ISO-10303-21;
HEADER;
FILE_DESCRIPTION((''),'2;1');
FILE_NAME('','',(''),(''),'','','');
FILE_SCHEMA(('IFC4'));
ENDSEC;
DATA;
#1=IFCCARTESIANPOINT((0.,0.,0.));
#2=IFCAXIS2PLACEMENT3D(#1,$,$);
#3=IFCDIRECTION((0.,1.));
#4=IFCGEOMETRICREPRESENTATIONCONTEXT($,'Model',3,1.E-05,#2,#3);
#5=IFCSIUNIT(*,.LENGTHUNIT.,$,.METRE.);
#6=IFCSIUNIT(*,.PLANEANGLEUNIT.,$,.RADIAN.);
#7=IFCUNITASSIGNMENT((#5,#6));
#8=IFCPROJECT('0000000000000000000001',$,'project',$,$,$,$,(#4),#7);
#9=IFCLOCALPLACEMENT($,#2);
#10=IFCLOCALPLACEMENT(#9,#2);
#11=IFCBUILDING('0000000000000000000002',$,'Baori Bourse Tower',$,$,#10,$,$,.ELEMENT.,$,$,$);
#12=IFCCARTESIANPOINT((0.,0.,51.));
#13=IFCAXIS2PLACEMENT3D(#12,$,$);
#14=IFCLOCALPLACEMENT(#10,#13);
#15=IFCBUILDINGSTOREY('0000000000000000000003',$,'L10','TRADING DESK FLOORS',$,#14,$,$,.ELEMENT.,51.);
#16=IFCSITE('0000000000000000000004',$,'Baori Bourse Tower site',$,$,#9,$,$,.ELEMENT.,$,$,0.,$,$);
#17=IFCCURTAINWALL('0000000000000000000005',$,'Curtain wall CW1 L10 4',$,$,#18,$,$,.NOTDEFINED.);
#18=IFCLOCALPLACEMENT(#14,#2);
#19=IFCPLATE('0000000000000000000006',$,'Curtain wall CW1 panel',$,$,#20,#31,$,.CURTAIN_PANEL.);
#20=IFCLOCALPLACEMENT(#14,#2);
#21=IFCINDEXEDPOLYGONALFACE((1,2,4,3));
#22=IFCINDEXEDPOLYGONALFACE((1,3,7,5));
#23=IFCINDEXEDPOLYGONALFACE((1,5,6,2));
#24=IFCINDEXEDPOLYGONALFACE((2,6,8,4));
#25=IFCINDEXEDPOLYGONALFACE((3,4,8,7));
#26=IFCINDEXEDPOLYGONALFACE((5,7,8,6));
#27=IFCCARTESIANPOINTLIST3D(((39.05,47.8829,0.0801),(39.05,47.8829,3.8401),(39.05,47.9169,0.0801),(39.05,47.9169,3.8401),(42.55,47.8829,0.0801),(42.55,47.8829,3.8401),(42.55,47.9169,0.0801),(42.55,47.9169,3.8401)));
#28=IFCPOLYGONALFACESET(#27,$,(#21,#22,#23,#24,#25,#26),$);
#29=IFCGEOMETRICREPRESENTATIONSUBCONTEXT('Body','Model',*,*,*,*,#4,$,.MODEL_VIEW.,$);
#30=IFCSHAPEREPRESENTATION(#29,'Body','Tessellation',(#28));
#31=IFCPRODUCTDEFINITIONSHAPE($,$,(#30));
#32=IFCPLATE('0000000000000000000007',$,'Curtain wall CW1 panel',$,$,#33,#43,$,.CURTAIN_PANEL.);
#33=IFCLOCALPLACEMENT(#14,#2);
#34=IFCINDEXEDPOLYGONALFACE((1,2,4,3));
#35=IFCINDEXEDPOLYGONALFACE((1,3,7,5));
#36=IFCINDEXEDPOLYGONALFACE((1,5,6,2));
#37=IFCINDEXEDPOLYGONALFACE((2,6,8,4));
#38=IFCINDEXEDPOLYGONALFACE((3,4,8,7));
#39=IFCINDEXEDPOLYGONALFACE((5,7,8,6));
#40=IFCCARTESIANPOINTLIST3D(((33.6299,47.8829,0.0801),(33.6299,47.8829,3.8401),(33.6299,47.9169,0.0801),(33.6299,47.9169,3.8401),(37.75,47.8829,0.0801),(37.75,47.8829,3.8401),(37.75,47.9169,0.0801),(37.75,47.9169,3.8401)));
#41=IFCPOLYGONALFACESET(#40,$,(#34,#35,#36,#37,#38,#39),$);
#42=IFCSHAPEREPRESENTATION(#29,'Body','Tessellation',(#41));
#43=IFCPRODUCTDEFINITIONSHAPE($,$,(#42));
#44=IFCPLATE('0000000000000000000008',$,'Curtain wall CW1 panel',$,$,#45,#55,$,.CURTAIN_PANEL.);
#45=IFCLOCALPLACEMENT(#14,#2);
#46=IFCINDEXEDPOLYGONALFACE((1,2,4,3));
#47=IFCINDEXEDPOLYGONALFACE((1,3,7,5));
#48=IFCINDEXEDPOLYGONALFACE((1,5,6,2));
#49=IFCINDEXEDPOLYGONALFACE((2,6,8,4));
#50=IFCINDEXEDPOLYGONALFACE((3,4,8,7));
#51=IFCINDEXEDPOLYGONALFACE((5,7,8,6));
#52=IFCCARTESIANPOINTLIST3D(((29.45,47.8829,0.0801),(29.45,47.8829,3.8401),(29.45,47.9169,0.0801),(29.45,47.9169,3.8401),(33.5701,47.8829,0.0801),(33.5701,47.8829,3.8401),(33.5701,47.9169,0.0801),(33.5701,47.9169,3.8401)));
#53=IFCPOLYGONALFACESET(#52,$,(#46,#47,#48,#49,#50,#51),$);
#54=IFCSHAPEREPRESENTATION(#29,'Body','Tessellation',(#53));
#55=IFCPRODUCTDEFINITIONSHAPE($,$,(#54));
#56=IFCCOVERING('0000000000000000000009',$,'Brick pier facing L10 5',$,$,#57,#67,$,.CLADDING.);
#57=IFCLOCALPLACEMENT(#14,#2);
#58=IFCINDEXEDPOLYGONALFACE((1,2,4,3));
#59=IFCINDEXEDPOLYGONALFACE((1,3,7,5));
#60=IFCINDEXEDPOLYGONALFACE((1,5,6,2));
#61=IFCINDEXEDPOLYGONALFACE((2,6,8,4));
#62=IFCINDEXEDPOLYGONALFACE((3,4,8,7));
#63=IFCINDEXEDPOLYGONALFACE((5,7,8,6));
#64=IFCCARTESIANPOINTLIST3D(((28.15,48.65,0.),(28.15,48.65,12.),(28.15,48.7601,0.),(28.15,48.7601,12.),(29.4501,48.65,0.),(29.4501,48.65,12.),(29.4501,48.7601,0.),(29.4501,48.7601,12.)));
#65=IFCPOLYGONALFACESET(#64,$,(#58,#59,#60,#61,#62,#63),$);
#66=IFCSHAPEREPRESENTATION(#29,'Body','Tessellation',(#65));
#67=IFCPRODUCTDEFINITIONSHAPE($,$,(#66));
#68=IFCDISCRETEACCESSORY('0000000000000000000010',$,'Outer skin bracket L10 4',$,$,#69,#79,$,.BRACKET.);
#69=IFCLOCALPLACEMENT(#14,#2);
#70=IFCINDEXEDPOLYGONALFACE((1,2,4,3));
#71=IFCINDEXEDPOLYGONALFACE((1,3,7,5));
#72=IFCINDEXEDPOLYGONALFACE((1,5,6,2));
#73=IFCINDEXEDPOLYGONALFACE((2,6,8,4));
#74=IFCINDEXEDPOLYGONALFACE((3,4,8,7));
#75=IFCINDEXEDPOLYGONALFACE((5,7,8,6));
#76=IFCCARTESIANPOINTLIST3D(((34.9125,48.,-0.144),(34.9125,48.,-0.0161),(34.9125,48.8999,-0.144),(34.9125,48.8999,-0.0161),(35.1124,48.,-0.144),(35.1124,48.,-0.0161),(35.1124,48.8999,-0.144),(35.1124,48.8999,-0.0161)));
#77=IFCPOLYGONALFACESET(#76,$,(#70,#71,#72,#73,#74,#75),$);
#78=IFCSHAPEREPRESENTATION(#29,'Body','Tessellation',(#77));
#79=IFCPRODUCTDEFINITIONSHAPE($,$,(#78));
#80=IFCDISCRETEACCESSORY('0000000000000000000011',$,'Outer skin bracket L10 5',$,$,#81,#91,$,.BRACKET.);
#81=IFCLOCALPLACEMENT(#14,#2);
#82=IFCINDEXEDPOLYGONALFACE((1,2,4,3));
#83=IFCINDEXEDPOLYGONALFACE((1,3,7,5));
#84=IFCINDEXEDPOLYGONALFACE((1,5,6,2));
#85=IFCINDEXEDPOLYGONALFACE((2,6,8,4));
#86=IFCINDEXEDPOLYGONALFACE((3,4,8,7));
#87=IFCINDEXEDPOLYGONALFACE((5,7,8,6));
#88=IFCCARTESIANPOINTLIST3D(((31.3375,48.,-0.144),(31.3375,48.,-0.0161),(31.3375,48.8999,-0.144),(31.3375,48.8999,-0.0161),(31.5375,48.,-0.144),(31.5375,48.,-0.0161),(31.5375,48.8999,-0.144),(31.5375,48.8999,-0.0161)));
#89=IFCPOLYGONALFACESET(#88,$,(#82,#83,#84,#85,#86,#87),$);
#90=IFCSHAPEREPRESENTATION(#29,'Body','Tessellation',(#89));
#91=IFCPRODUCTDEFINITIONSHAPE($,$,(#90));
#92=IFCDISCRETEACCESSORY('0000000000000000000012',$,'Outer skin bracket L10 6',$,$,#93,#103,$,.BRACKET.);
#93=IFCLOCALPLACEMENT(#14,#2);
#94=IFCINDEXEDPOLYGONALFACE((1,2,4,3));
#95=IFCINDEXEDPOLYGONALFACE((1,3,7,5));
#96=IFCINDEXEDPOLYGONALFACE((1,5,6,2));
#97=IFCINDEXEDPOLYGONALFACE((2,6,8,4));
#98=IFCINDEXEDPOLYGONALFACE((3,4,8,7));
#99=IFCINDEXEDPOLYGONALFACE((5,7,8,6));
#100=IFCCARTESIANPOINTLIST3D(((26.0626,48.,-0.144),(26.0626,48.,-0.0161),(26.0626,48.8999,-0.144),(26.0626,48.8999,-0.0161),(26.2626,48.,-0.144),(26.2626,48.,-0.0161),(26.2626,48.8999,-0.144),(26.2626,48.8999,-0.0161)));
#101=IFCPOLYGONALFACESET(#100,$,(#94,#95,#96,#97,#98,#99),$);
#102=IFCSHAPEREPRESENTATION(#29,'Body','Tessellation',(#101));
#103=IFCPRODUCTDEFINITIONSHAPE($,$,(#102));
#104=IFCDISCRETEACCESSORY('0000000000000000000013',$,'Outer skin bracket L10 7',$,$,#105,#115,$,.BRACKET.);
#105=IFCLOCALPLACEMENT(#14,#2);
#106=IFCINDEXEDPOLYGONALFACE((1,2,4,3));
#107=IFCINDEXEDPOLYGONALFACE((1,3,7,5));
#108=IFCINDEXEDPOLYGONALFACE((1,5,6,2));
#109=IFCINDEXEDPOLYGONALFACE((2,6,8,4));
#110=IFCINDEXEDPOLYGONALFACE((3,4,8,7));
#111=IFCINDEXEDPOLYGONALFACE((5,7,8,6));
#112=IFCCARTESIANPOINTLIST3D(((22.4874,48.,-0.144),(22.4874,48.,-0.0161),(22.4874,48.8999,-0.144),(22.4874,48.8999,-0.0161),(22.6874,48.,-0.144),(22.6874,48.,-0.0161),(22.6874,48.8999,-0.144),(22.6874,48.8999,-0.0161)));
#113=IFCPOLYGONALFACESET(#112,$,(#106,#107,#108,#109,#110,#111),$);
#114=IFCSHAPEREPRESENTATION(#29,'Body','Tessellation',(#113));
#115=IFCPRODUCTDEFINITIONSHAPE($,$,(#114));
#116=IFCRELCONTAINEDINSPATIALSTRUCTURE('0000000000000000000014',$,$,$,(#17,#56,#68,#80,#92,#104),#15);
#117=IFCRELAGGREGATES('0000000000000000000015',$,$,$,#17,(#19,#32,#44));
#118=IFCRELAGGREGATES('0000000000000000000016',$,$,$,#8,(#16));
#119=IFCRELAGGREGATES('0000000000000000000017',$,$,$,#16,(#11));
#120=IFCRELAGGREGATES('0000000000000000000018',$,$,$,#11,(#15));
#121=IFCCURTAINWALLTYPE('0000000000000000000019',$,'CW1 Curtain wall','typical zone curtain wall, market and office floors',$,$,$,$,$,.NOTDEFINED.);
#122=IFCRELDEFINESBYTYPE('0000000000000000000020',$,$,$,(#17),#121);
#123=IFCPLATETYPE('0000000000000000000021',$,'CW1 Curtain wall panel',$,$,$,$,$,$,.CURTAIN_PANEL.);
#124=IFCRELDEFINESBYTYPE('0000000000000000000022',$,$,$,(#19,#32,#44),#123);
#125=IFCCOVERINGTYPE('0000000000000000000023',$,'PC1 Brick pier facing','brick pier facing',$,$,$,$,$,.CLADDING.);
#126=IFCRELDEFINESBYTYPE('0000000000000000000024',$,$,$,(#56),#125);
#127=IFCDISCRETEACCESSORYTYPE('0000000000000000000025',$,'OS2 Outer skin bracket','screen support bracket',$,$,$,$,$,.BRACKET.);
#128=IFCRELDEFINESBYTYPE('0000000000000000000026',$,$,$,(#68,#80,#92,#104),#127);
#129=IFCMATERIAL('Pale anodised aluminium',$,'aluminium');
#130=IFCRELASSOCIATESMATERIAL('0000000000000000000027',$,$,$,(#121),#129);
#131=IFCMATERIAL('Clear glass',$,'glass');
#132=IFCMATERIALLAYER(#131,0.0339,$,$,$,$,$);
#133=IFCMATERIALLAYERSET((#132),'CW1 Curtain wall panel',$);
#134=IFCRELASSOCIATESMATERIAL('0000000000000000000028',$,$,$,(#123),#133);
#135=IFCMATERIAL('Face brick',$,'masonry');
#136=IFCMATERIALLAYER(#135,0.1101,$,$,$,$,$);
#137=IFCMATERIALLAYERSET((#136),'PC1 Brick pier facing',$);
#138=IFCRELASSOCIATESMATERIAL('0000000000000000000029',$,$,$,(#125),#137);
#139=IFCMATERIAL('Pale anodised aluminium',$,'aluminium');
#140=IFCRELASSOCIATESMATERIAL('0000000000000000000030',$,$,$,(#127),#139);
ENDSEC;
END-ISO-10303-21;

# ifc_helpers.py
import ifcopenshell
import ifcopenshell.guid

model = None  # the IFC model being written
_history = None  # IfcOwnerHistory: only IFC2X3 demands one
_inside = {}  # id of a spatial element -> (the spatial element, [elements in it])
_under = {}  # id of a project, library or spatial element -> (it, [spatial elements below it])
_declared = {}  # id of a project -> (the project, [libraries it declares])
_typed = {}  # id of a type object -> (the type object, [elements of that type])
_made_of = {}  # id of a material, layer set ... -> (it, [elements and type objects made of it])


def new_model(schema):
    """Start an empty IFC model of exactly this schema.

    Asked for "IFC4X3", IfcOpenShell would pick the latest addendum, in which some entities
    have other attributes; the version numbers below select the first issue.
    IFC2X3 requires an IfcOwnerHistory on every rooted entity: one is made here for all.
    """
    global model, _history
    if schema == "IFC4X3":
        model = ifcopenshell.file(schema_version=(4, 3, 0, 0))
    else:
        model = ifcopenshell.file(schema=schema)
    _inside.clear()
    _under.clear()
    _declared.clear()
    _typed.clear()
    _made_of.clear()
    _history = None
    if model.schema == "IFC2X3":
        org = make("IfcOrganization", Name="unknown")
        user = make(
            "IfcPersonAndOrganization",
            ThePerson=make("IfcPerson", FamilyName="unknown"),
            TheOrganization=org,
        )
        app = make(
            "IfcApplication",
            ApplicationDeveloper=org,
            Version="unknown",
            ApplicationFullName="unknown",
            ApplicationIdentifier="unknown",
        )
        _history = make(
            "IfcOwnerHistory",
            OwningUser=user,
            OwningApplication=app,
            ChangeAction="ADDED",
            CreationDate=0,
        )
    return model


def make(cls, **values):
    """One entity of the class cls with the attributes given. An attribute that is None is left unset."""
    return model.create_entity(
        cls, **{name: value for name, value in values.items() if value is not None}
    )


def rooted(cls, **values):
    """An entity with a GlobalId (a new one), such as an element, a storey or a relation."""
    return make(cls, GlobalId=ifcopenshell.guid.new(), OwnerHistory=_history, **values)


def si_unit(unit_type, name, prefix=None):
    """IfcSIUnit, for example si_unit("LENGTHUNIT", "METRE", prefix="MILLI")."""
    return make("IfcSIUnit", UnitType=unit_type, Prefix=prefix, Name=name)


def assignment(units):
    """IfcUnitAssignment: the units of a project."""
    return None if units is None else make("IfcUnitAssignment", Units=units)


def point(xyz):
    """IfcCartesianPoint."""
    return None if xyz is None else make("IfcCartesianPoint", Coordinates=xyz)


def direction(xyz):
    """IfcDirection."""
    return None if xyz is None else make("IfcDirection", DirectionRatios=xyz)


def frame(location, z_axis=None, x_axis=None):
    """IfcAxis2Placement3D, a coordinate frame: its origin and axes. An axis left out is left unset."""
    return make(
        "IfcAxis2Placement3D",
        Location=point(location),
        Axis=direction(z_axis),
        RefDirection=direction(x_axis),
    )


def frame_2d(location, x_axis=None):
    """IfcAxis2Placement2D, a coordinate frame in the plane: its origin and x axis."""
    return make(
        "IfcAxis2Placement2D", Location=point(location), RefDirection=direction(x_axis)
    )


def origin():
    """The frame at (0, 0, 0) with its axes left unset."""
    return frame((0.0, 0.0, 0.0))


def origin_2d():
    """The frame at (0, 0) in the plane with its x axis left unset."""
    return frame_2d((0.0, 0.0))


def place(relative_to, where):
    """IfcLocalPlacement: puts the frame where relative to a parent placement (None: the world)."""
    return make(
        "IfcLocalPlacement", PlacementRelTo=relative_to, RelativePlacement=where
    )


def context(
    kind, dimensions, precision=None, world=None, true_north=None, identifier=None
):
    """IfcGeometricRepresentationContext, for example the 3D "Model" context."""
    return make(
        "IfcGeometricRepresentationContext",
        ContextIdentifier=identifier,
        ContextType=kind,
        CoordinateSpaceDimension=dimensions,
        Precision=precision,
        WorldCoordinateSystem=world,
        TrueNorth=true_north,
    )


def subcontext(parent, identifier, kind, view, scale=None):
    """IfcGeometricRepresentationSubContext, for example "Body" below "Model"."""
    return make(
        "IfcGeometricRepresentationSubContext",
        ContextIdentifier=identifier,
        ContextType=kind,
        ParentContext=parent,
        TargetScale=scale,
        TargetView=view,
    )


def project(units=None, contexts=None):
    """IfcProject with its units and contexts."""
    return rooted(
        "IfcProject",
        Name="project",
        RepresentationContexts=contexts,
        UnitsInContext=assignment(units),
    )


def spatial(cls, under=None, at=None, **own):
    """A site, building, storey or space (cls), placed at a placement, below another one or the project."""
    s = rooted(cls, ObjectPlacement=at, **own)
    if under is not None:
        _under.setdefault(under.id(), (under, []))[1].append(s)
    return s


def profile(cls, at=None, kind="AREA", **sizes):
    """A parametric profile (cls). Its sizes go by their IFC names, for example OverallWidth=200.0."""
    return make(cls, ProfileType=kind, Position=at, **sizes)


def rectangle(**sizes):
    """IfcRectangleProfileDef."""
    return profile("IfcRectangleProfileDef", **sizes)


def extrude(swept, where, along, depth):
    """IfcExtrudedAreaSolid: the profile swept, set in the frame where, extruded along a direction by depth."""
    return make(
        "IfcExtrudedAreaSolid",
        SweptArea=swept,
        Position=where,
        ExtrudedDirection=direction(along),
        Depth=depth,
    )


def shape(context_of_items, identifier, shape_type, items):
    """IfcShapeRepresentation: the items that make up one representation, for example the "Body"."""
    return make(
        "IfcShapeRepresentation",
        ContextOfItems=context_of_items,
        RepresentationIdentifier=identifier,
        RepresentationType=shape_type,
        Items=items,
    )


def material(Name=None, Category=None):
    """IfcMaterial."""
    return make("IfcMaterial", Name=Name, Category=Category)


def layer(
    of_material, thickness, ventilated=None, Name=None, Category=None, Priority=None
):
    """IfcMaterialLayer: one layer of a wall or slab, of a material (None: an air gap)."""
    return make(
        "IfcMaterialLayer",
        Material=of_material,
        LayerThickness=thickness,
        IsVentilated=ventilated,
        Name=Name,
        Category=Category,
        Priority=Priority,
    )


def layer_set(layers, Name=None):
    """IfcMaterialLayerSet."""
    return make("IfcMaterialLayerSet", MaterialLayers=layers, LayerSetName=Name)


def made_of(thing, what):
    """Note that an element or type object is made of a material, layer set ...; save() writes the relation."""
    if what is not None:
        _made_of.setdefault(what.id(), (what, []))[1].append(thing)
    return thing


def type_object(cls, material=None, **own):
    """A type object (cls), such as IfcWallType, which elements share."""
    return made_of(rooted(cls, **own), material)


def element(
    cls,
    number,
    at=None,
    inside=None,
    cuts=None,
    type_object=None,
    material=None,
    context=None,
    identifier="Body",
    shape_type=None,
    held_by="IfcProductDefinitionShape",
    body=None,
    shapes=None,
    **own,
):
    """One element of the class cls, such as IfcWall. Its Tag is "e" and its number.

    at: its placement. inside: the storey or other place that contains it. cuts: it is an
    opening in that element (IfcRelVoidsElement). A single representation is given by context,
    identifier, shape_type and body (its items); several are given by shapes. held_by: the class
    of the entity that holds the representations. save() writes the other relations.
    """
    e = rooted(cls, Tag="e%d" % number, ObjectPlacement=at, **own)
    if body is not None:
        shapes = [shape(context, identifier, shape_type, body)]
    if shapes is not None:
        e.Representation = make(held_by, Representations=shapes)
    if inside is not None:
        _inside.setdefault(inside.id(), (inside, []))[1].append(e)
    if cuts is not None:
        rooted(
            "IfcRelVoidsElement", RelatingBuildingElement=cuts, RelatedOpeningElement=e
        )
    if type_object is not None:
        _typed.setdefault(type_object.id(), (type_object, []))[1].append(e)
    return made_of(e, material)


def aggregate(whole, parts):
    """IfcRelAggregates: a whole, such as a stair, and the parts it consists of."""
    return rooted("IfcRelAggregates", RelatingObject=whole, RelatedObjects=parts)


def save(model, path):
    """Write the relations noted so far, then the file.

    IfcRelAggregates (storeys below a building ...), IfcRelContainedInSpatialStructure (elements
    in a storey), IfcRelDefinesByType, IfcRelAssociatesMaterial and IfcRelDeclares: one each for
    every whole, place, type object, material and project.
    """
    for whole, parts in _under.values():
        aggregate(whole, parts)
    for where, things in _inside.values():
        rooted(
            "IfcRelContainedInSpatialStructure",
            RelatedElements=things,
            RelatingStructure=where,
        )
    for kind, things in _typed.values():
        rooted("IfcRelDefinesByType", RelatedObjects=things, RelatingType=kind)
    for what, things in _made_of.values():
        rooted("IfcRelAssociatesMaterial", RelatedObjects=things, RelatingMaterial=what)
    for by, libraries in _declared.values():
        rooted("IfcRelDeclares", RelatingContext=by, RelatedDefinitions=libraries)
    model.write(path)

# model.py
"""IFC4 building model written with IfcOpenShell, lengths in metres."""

from ifc_helpers import new_model, si_unit, direction, frame, origin, origin_2d, place, context, subcontext, project, spatial, rectangle, extrude, material, layer, layer_set, type_object, element, aggregate, save


model = new_model("IFC4")

# Units and contexts
model_context = context("Model", 3, precision=1e-05, world=origin(), true_north=direction((0.0, 1.0)))
body_context = subcontext(model_context, "Body", "Model", "MODEL_VIEW")
ifc_project = project(units=[si_unit("LENGTHUNIT", "METRE"), si_unit("PLANEANGLEUNIT", "RADIAN")], contexts=[model_context])

# Site, building, storey
site_placement = place(None, origin())
site = spatial("IfcSite", under=ifc_project, at=site_placement, Name="Baori Bourse Tower site", CompositionType="ELEMENT", RefElevation=0.0)
building_placement = place(site_placement, origin())
building = spatial("IfcBuilding", under=site, at=building_placement, Name="Baori Bourse Tower", CompositionType="ELEMENT")
storey_placement = place(building_placement, frame((0.0, 0.0, 51.0)))
storey = spatial("IfcBuildingStorey", under=building, at=storey_placement, Name="L10", Description="TRADING DESK FLOORS", CompositionType="ELEMENT", Elevation=51.0)

# Curtain wall
ifc_material_1 = material(Name="Pale anodised aluminium", Category="aluminium")
curtain_wall_type = type_object("IfcCurtainWallType", Name="CW1 Curtain wall", Description="typical zone curtain wall, market and office floors", PredefinedType="NOTDEFINED", material=ifc_material_1)
curtain_wall_placement = place(storey_placement, origin())
curtain_wall = element("IfcCurtainWall", 1, at=curtain_wall_placement, inside=storey, type_object=curtain_wall_type, Name="Curtain wall CW1 L10 4", PredefinedType="NOTDEFINED")

# Plates
ifc_material_2 = material(Name="Clear glass", Category="glass")
ifc_layer_1 = layer(ifc_material_2, 0.0339)
ifc_layer_set_1 = layer_set([ifc_layer_1], Name="CW1 Curtain wall panel")
plate_type = type_object("IfcPlateType", Name="CW1 Curtain wall panel", PredefinedType="CURTAIN_PANEL", material=ifc_layer_set_1)
plate_1_placement = place(storey_placement, frame((40.8, 47.8999, 0.0801), z_axis=(0.0, 0.0, 1.0), x_axis=(-1.0, 0.0, 0.0)))
plate_1 = element("IfcPlate", 2, at=plate_1_placement, type_object=plate_type, Name="Curtain wall CW1 panel", PredefinedType="CURTAIN_PANEL", context=body_context, shape_type="SweptSolid", body=[
    extrude(rectangle(XDim=3.5, YDim=0.0339, at=origin_2d()), origin(), (0.0, 0.0, 1.0), 3.76),
])
plate_2_placement = place(storey_placement, frame((35.6899, 47.8999, 0.0801), z_axis=(0.0, 0.0, 1.0), x_axis=(-1.0, 0.0, 0.0)))
plate_2 = element("IfcPlate", 3, at=plate_2_placement, type_object=plate_type, Name="Curtain wall CW1 panel", PredefinedType="CURTAIN_PANEL", context=body_context, shape_type="SweptSolid", body=[
    extrude(rectangle(XDim=4.1201, YDim=0.0339, at=origin_2d()), origin(), (0.0, 0.0, 1.0), 3.76),
])
plate_3_placement = place(storey_placement, frame((31.51, 47.8999, 0.0801), z_axis=(0.0, 0.0, 1.0), x_axis=(-1.0, 0.0, 0.0)))
plate_3 = element("IfcPlate", 4, at=plate_3_placement, type_object=plate_type, Name="Curtain wall CW1 panel", PredefinedType="CURTAIN_PANEL", context=body_context, shape_type="SweptSolid", body=[
    extrude(rectangle(XDim=4.1201, YDim=0.0339, at=origin_2d()), origin(), (0.0, 0.0, 1.0), 3.76),
])
aggregate(curtain_wall, [plate_1, plate_2, plate_3])

# Covering
ifc_material_3 = material(Name="Face brick", Category="masonry")
ifc_layer_2 = layer(ifc_material_3, 0.1101)
ifc_layer_set_2 = layer_set([ifc_layer_2], Name="PC1 Brick pier facing")
covering_type = type_object("IfcCoveringType", Name="PC1 Brick pier facing", Description="brick pier facing", PredefinedType="CLADDING", material=ifc_layer_set_2)
covering_placement = place(storey_placement, frame((28.8, 48.7051, 0.0), z_axis=(0.0, 0.0, 1.0), x_axis=(1.0, 0.0, 0.0)))
element("IfcCovering", 5, at=covering_placement, inside=storey, type_object=covering_type, Name="Brick pier facing L10 5", PredefinedType="CLADDING", context=body_context, shape_type="SweptSolid", body=[
    extrude(rectangle(XDim=1.3, YDim=0.1101, at=origin_2d()), origin(), (0.0, 0.0, 1.0), 12.0),
])

# Discrete accessories
ifc_material_4 = material(Name="Pale anodised aluminium", Category="aluminium")
discrete_accessory_type = type_object("IfcDiscreteAccessoryType", Name="OS2 Outer skin bracket", Description="screen support bracket", PredefinedType="BRACKET", material=ifc_material_4)
for number, where, z_axis, x_axis, name in (
    (6, (35.0125, 48.45, -0.144), (0.0, 0.0, 1.0), (-1.0, 0.0, 0.0), "Outer skin bracket L10 4"),
    (7, (31.4375, 48.45, -0.144), (0.0, 0.0, 1.0), (-1.0, 0.0, 0.0), "Outer skin bracket L10 5"),
    (8, (26.1626, 48.45, -0.144), (0.0, 0.0, 1.0), (-1.0, 0.0, 0.0), "Outer skin bracket L10 6"),
    (9, (22.5874, 48.45, -0.144), (0.0, 0.0, 1.0), (-1.0, 0.0, 0.0), "Outer skin bracket L10 7"),
):
    element("IfcDiscreteAccessory", number, at=place(storey_placement, frame(where, z_axis=z_axis, x_axis=x_axis)), inside=storey, type_object=discrete_accessory_type, Name=name, PredefinedType="BRACKET", context=body_context, shape_type="SweptSolid", body=[
        extrude(rectangle(XDim=0.2, YDim=0.8999, at=origin_2d()), origin(), (0.0, 0.0, 1.0), 0.1279),
    ])

save(model, "model.ifc")
